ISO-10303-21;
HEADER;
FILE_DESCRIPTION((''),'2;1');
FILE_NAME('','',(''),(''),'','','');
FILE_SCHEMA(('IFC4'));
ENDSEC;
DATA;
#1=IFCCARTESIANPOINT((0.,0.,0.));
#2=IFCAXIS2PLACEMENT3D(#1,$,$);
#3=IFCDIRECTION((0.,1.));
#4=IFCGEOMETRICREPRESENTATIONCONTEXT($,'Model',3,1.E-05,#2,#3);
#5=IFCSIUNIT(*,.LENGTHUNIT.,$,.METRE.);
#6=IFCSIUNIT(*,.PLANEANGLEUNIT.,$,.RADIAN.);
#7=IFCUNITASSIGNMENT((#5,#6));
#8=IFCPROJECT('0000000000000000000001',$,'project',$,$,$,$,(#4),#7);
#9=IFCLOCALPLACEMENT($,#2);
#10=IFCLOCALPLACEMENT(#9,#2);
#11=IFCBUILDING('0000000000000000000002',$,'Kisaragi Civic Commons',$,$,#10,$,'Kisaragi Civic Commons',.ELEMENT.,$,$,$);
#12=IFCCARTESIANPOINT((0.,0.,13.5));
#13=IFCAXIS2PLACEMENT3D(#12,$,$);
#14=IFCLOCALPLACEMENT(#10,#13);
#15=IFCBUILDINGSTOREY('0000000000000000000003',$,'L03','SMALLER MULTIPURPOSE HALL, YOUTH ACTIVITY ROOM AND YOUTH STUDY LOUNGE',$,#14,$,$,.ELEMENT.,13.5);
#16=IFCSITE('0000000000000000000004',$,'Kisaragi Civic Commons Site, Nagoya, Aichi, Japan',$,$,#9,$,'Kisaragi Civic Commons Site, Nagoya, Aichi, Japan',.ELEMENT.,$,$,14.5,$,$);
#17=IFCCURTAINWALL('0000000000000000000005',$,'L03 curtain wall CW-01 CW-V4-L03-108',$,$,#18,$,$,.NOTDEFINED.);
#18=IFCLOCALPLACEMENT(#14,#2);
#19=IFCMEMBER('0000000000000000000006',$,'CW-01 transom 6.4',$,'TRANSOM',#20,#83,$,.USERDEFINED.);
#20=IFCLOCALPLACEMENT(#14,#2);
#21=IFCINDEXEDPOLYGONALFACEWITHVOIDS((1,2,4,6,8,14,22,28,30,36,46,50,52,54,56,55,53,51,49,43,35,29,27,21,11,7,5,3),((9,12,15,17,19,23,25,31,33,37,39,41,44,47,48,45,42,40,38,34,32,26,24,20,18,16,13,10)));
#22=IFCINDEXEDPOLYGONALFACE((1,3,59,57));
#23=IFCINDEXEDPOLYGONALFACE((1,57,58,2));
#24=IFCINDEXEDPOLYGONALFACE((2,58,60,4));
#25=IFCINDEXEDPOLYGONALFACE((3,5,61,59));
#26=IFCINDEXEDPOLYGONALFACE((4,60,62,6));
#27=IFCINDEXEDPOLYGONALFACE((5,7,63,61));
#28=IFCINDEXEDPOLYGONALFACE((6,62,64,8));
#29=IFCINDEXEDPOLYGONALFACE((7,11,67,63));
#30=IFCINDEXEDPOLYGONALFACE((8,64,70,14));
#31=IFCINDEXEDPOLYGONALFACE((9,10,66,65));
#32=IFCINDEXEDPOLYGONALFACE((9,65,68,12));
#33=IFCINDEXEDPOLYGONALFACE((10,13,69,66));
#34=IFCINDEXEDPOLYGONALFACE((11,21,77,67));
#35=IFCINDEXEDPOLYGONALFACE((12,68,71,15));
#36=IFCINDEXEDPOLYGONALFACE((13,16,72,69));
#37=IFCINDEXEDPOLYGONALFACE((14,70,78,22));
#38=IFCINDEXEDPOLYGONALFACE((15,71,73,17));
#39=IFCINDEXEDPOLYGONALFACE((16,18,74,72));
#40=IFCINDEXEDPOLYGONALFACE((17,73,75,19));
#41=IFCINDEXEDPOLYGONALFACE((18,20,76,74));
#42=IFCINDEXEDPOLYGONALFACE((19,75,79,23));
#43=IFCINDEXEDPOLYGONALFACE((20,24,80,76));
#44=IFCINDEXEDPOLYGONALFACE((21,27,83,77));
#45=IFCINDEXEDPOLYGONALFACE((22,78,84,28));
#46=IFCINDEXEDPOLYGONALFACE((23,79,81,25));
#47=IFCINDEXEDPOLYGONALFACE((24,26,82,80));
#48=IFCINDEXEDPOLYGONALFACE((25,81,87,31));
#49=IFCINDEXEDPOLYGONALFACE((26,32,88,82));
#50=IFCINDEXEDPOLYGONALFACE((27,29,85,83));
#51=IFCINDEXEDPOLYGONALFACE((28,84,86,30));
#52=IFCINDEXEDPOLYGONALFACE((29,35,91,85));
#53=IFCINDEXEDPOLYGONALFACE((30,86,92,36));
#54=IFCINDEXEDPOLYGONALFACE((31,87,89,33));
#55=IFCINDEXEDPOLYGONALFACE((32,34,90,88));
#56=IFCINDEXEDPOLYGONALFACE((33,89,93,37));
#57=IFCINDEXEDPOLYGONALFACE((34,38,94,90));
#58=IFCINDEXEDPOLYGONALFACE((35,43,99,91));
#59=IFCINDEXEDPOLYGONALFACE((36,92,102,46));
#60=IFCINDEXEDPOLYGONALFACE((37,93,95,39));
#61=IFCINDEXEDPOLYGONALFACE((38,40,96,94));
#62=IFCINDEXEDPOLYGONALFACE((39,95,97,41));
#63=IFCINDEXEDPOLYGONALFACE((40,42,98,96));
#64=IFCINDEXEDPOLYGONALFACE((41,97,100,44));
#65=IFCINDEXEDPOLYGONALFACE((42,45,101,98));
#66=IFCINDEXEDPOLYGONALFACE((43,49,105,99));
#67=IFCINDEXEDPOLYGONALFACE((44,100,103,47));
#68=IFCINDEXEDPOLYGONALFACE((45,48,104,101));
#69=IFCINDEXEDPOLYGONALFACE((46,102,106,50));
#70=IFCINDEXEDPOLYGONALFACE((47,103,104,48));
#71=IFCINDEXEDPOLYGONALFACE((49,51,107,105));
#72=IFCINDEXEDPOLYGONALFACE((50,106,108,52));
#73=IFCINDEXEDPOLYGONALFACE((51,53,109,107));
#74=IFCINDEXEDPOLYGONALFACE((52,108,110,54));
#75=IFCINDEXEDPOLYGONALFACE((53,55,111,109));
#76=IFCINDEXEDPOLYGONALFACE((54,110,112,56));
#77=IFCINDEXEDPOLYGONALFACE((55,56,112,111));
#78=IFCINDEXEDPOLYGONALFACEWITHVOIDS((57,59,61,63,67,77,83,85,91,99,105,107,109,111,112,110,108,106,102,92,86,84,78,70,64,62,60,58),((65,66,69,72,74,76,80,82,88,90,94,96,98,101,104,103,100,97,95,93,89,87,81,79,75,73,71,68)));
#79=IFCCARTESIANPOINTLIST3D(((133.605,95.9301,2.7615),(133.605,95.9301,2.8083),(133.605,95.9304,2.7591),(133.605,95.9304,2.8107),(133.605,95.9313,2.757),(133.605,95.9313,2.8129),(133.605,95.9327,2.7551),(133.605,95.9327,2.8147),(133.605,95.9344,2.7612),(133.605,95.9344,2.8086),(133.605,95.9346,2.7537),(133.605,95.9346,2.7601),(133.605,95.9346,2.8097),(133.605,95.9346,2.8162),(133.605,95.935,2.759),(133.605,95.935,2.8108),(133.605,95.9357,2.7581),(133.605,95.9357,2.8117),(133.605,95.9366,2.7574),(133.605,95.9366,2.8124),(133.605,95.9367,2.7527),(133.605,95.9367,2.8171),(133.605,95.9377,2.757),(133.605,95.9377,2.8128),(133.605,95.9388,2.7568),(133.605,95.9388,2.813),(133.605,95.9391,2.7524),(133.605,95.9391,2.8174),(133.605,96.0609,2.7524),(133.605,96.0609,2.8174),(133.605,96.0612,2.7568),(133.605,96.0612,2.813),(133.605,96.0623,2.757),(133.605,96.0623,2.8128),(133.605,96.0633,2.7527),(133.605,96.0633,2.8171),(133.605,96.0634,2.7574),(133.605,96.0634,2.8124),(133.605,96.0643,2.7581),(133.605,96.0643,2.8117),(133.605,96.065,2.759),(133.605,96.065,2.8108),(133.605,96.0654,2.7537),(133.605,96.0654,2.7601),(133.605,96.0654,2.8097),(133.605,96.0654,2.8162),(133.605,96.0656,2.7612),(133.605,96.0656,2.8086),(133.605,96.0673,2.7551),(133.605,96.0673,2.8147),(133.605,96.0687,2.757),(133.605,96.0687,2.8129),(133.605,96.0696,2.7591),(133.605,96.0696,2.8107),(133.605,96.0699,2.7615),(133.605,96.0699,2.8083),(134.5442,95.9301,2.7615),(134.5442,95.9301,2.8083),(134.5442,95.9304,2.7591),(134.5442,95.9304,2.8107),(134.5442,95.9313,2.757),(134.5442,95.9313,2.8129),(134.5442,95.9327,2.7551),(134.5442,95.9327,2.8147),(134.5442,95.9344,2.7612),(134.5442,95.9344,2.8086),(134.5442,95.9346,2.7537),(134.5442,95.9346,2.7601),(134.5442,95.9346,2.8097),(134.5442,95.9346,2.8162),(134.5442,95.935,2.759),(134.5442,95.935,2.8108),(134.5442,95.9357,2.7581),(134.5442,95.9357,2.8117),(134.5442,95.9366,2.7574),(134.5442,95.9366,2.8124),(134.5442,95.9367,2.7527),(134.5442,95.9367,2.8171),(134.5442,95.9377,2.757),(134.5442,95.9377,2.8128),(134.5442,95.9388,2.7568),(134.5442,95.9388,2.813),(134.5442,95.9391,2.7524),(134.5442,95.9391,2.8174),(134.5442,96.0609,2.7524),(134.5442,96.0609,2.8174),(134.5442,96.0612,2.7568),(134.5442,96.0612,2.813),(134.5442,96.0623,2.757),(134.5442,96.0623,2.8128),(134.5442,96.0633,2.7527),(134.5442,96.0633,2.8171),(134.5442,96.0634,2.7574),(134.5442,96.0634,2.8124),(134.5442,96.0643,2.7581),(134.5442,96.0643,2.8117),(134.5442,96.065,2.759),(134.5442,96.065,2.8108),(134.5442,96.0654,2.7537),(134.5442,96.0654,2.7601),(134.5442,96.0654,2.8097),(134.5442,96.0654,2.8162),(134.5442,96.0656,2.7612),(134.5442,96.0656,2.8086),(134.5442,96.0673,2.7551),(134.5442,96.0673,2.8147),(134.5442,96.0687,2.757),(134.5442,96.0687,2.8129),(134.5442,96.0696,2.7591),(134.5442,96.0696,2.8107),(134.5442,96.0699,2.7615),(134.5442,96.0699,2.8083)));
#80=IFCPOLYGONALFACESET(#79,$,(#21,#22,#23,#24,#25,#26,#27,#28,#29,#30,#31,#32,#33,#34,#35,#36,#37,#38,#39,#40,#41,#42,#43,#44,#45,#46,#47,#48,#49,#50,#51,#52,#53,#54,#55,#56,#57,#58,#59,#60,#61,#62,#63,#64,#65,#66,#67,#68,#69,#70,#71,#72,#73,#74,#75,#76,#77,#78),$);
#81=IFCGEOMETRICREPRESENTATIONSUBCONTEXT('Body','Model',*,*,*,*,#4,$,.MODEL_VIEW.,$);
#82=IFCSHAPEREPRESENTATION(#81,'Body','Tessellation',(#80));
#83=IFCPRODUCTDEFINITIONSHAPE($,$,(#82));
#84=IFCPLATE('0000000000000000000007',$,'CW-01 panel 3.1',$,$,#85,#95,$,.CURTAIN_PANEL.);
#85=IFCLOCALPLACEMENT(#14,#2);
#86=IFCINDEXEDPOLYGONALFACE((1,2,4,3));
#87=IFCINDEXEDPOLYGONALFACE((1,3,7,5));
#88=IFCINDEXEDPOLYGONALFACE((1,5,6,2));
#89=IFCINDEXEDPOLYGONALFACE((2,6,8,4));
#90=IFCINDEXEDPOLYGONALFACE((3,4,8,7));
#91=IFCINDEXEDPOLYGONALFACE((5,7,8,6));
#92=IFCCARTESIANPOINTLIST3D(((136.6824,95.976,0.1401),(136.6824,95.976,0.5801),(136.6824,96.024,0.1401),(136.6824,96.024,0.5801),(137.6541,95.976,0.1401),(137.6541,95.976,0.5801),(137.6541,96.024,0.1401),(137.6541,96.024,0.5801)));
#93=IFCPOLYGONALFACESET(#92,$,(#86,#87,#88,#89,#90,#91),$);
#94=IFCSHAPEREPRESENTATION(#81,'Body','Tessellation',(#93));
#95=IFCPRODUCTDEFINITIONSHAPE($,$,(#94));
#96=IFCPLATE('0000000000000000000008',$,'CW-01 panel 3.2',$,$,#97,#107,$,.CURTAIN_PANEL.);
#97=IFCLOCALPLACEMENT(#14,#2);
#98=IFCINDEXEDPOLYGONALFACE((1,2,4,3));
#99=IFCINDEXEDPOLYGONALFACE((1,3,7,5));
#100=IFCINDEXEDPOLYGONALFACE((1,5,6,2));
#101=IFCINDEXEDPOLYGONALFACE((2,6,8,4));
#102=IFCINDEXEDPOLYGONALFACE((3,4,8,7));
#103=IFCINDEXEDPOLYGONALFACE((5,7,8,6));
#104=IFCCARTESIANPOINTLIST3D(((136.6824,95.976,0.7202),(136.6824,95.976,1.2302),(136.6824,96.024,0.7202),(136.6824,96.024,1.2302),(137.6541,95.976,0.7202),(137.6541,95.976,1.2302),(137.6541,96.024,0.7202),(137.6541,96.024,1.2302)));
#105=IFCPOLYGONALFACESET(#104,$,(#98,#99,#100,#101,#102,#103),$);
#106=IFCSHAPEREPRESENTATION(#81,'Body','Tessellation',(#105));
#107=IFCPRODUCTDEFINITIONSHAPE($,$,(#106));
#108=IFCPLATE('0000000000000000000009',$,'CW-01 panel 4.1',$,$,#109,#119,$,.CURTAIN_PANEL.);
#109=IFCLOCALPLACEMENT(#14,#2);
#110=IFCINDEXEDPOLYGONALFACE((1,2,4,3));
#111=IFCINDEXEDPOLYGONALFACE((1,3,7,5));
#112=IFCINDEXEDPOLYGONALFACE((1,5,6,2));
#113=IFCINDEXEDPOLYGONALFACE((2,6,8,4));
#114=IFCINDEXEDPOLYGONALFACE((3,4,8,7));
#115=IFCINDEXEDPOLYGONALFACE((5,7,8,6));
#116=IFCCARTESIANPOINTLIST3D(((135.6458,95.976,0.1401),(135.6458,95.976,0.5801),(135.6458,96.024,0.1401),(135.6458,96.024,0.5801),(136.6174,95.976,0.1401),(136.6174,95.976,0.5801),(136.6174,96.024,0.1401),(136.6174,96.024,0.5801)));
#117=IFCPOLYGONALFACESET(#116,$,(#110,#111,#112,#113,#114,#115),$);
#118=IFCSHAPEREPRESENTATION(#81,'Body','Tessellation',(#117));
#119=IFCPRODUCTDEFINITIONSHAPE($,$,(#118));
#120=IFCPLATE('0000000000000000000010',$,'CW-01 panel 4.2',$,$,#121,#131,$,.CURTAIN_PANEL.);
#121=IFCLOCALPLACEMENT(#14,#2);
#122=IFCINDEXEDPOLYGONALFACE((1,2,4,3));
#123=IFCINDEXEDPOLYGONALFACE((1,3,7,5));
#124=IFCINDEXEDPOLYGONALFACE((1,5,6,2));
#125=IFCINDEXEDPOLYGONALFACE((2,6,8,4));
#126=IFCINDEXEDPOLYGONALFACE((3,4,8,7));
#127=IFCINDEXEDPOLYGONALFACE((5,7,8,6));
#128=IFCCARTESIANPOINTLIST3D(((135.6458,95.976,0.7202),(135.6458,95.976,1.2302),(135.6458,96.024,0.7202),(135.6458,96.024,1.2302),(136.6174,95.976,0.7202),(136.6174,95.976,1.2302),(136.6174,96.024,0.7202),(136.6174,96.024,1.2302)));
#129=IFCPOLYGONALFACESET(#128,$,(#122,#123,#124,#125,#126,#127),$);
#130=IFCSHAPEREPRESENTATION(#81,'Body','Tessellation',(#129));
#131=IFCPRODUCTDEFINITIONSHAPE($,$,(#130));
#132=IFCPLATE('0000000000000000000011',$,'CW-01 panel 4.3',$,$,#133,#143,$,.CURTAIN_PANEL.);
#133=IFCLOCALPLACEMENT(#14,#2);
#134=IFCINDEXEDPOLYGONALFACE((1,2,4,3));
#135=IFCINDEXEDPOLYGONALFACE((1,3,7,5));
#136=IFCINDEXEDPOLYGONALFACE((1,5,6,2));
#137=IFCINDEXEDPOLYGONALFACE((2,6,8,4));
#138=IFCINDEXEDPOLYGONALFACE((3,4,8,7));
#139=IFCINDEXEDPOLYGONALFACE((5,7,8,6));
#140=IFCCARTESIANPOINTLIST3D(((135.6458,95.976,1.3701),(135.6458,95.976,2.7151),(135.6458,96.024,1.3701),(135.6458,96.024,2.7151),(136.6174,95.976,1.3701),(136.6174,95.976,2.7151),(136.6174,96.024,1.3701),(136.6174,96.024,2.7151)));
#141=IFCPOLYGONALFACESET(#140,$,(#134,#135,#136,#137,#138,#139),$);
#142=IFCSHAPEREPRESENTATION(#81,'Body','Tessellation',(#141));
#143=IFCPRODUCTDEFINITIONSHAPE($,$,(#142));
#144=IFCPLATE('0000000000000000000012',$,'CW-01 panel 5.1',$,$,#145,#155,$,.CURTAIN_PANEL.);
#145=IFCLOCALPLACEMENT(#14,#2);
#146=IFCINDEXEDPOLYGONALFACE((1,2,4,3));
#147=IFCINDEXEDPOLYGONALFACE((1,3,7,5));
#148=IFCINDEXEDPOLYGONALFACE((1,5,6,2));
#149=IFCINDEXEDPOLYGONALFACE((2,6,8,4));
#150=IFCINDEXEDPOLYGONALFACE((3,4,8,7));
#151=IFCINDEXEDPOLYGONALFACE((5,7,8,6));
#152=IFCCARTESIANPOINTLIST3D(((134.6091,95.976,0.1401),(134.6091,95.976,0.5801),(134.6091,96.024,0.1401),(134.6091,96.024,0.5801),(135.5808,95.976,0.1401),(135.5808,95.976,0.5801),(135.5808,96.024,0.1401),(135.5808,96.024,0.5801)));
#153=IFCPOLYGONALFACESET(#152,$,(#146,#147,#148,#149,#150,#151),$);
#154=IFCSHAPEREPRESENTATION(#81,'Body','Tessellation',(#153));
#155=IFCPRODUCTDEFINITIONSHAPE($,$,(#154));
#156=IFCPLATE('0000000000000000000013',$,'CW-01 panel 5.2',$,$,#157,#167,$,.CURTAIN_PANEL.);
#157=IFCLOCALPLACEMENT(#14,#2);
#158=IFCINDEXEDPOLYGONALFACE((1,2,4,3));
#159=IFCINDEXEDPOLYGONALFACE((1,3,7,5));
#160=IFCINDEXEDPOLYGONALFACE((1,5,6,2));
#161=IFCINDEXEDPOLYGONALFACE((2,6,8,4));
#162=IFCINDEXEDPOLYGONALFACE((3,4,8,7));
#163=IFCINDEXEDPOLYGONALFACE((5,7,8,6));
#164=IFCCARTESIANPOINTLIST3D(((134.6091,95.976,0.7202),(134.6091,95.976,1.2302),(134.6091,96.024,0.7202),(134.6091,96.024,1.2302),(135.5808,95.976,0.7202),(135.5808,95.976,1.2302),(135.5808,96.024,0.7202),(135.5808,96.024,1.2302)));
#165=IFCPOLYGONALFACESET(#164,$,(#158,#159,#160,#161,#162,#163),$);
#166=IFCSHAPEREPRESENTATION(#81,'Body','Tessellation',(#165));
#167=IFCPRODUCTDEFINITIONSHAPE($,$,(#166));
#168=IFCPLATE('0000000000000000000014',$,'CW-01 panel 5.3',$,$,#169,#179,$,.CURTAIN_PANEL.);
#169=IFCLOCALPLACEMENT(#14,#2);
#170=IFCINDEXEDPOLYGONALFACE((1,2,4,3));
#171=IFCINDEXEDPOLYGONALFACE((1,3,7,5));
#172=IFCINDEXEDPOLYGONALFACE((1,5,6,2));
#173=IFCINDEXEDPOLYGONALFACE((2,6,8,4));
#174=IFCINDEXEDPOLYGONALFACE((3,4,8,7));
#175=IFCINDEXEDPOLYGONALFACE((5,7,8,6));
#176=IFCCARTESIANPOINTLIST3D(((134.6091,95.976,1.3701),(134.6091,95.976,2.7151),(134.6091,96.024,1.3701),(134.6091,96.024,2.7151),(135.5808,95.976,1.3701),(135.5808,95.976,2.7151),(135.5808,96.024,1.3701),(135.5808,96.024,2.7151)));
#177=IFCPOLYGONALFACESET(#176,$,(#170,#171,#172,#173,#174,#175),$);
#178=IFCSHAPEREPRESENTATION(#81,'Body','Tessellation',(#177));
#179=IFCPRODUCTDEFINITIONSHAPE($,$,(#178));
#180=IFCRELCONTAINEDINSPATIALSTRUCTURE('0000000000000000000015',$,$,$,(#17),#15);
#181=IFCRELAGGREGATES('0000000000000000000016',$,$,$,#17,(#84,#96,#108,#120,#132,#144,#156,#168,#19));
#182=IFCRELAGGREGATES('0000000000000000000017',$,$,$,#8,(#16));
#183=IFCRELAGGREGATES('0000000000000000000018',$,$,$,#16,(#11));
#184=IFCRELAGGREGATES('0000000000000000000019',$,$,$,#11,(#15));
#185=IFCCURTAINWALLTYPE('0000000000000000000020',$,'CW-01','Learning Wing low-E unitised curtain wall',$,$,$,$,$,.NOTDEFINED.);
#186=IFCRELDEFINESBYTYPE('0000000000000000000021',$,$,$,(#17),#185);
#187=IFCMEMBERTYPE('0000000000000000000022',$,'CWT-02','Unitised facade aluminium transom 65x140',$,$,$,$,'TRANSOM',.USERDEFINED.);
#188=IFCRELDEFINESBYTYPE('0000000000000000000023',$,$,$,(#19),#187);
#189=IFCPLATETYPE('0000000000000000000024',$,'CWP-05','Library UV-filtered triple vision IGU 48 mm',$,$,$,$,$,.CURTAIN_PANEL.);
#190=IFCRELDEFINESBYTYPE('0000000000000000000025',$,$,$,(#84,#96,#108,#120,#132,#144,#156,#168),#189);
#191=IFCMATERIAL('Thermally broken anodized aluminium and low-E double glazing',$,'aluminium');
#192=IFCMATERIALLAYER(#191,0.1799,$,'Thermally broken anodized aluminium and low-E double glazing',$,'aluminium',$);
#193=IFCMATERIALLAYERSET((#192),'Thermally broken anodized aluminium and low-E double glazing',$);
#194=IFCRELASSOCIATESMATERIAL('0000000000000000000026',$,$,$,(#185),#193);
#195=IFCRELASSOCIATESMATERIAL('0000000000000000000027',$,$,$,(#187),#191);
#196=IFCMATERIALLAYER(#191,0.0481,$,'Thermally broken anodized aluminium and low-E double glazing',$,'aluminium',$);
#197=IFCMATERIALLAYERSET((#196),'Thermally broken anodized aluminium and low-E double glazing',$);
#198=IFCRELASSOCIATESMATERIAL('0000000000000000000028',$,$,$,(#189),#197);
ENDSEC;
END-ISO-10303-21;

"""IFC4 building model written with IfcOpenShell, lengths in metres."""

from ifc_helpers import new_model, si_unit, direction, frame, origin, origin_2d, place, context, subcontext, project, spatial, rectangle, hollow_rectangle, extrude, material, layer, layer_set, material_profile, profile_set, type_object, element, aggregate, save


model = new_model("IFC4")

# Units and contexts
model_context = context("Model", 3, precision=1e-05, world=origin(), true_north=direction((0.0, 1.0)))
body_context = subcontext(model_context, "Body", "Model", "MODEL_VIEW")
ifc_project = project(units=[si_unit("LENGTHUNIT", "METRE"), si_unit("PLANEANGLEUNIT", "RADIAN")], contexts=[model_context])

# Site, building, storey
site_placement = place(None, origin())
site = spatial("IfcSite", under=ifc_project, at=site_placement, Name="Kisaragi Civic Commons Site, Nagoya, Aichi, Japan", LongName="Kisaragi Civic Commons Site, Nagoya, Aichi, Japan", CompositionType="ELEMENT", RefElevation=14.5)
building_placement = place(site_placement, origin())
building = spatial("IfcBuilding", under=site, at=building_placement, Name="Kisaragi Civic Commons", LongName="Kisaragi Civic Commons", CompositionType="ELEMENT")
storey_placement = place(building_placement, frame((0.0, 0.0, 13.5)))
storey = spatial("IfcBuildingStorey", under=building, at=storey_placement, Name="L03", Description="SMALLER MULTIPURPOSE HALL, YOUTH ACTIVITY ROOM AND YOUTH STUDY LOUNGE", CompositionType="ELEMENT", Elevation=13.5)

# Curtain wall, member, plates
ifc_material = material(Name="Thermally broken anodized aluminium and low-E double glazing", Category="aluminium")
ifc_layer_1 = layer(ifc_material, 0.1799, Name="Thermally broken anodized aluminium and low-E double glazing", Category="aluminium")
ifc_layer_set_1 = layer_set([ifc_layer_1], Name="Thermally broken anodized aluminium and low-E double glazing")
curtain_wall_type = type_object("IfcCurtainWallType", Name="CW-01", Description="Learning Wing low-E unitised curtain wall", PredefinedType="NOTDEFINED", material=ifc_layer_set_1)
curtain_wall_placement = place(storey_placement, origin())
curtain_wall = element("IfcCurtainWall", 1, at=curtain_wall_placement, inside=storey, type_object=curtain_wall_type, Name="L03 curtain wall CW-01 CW-V4-L03-108", PredefinedType="NOTDEFINED")
ifc_material_profile_1 = material_profile(ifc_material, hollow_rectangle(XDim=0.1399, YDim=0.0649, WallThickness=0.0044, InnerFilletRadius=0.0044, OuterFilletRadius=0.009, at=origin_2d()), Name="CWT-65x140x4.5", Category="aluminium")
ifc_profile_set_1 = profile_set([ifc_material_profile_1], Name="Thermally broken anodized aluminium and low-E double glazing")
member_type_1 = type_object("IfcMemberType", Name="CWT-02", Description="Unitised facade aluminium transom 65x140", ElementType="TRANSOM", PredefinedType="USERDEFINED", material=ifc_profile_set_1)
member_1_placement = place(storey_placement, frame((134.5442, 96.0, 2.7849), z_axis=(-1.0, 0.0, 0.0), x_axis=(0.0, -1.0, 0.0)))
member_1 = element("IfcMember", 2, at=member_1_placement, type_object=member_type_1, Name="CW-01 transom 6.4", ObjectType="TRANSOM", PredefinedType="USERDEFINED", context=body_context, shape_type="SweptSolid", body=[
    extrude(hollow_rectangle(XDim=0.1399, YDim=0.0649, WallThickness=0.0044, InnerFilletRadius=0.0044, OuterFilletRadius=0.009, at=origin_2d()), origin(), (0.0, 0.0, 1.0), 0.9392),
])
ifc_layer_2 = layer(ifc_material, 0.0481, Name="Thermally broken anodized aluminium and low-E double glazing", Category="aluminium")
ifc_layer_set_2 = layer_set([ifc_layer_2], Name="Thermally broken anodized aluminium and low-E double glazing")
plate_type = type_object("IfcPlateType", Name="CWP-05", Description="Library UV-filtered triple vision IGU 48 mm", PredefinedType="CURTAIN_PANEL", material=ifc_layer_set_2)
plate_1_placement = place(storey_placement, frame((137.1682, 96.0, 0.1401), z_axis=(0.0, 0.0, 1.0), x_axis=(-1.0, 0.0, 0.0)))
plate_1 = element("IfcPlate", 3, at=plate_1_placement, type_object=plate_type, Name="CW-01 panel 3.1", PredefinedType="CURTAIN_PANEL", context=body_context, shape_type="SweptSolid", body=[
    extrude(rectangle(XDim=0.9717, YDim=0.0481, at=origin_2d()), origin(), (0.0, 0.0, 1.0), 0.4399),
])
plate_2_placement = place(storey_placement, frame((137.1682, 96.0, 0.7202), z_axis=(0.0, 0.0, 1.0), x_axis=(-1.0, 0.0, 0.0)))
plate_2 = element("IfcPlate", 4, at=plate_2_placement, type_object=plate_type, Name="CW-01 panel 3.2", PredefinedType="CURTAIN_PANEL", context=body_context, shape_type="SweptSolid", body=[
    extrude(rectangle(XDim=0.9717, YDim=0.0481, at=origin_2d()), origin(), (0.0, 0.0, 1.0), 0.51),
])
plate_3_placement = place(storey_placement, frame((136.1316, 96.0, 0.1401), z_axis=(0.0, 0.0, 1.0), x_axis=(-1.0, 0.0, 0.0)))
plate_3 = element("IfcPlate", 5, at=plate_3_placement, type_object=plate_type, Name="CW-01 panel 4.1", PredefinedType="CURTAIN_PANEL", context=body_context, shape_type="SweptSolid", body=[
    extrude(rectangle(XDim=0.9717, YDim=0.0481, at=origin_2d()), origin(), (0.0, 0.0, 1.0), 0.4399),
])
plate_4_placement = place(storey_placement, frame((136.1316, 96.0, 0.7202), z_axis=(0.0, 0.0, 1.0), x_axis=(-1.0, 0.0, 0.0)))
plate_4 = element("IfcPlate", 6, at=plate_4_placement, type_object=plate_type, Name="CW-01 panel 4.2", PredefinedType="CURTAIN_PANEL", context=body_context, shape_type="SweptSolid", body=[
    extrude(rectangle(XDim=0.9717, YDim=0.0481, at=origin_2d()), origin(), (0.0, 0.0, 1.0), 0.51),
])
plate_5_placement = place(storey_placement, frame((136.1316, 96.0, 1.3701), z_axis=(0.0, 0.0, 1.0), x_axis=(-1.0, 0.0, 0.0)))
plate_5 = element("IfcPlate", 7, at=plate_5_placement, type_object=plate_type, Name="CW-01 panel 4.3", PredefinedType="CURTAIN_PANEL", context=body_context, shape_type="SweptSolid", body=[
    extrude(rectangle(XDim=0.9717, YDim=0.0481, at=origin_2d()), origin(), (0.0, 0.0, 1.0), 1.345),
])
plate_6_placement = place(storey_placement, frame((135.095, 96.0, 0.1401), z_axis=(0.0, 0.0, 1.0), x_axis=(-1.0, 0.0, 0.0)))
plate_6 = element("IfcPlate", 8, at=plate_6_placement, type_object=plate_type, Name="CW-01 panel 5.1", PredefinedType="CURTAIN_PANEL", context=body_context, shape_type="SweptSolid", body=[
    extrude(rectangle(XDim=0.9717, YDim=0.0481, at=origin_2d()), origin(), (0.0, 0.0, 1.0), 0.4399),
])
plate_7_placement = place(storey_placement, frame((135.095, 96.0, 0.7202), z_axis=(0.0, 0.0, 1.0), x_axis=(-1.0, 0.0, 0.0)))
plate_7 = element("IfcPlate", 9, at=plate_7_placement, type_object=plate_type, Name="CW-01 panel 5.2", PredefinedType="CURTAIN_PANEL", context=body_context, shape_type="SweptSolid", body=[
    extrude(rectangle(XDim=0.9717, YDim=0.0481, at=origin_2d()), origin(), (0.0, 0.0, 1.0), 0.51),
])
plate_8_placement = place(storey_placement, frame((135.095, 96.0, 1.3701), z_axis=(0.0, 0.0, 1.0), x_axis=(-1.0, 0.0, 0.0)))
plate_8 = element("IfcPlate", 10, at=plate_8_placement, type_object=plate_type, Name="CW-01 panel 5.3", PredefinedType="CURTAIN_PANEL", context=body_context, shape_type="SweptSolid", body=[
    extrude(rectangle(XDim=0.9717, YDim=0.0481, at=origin_2d()), origin(), (0.0, 0.0, 1.0), 1.345),
])
aggregate(curtain_wall, [plate_1, plate_2, plate_3, plate_4, plate_5, plate_6, plate_7, plate_8, member_1])

save(model, "model.ifc")
